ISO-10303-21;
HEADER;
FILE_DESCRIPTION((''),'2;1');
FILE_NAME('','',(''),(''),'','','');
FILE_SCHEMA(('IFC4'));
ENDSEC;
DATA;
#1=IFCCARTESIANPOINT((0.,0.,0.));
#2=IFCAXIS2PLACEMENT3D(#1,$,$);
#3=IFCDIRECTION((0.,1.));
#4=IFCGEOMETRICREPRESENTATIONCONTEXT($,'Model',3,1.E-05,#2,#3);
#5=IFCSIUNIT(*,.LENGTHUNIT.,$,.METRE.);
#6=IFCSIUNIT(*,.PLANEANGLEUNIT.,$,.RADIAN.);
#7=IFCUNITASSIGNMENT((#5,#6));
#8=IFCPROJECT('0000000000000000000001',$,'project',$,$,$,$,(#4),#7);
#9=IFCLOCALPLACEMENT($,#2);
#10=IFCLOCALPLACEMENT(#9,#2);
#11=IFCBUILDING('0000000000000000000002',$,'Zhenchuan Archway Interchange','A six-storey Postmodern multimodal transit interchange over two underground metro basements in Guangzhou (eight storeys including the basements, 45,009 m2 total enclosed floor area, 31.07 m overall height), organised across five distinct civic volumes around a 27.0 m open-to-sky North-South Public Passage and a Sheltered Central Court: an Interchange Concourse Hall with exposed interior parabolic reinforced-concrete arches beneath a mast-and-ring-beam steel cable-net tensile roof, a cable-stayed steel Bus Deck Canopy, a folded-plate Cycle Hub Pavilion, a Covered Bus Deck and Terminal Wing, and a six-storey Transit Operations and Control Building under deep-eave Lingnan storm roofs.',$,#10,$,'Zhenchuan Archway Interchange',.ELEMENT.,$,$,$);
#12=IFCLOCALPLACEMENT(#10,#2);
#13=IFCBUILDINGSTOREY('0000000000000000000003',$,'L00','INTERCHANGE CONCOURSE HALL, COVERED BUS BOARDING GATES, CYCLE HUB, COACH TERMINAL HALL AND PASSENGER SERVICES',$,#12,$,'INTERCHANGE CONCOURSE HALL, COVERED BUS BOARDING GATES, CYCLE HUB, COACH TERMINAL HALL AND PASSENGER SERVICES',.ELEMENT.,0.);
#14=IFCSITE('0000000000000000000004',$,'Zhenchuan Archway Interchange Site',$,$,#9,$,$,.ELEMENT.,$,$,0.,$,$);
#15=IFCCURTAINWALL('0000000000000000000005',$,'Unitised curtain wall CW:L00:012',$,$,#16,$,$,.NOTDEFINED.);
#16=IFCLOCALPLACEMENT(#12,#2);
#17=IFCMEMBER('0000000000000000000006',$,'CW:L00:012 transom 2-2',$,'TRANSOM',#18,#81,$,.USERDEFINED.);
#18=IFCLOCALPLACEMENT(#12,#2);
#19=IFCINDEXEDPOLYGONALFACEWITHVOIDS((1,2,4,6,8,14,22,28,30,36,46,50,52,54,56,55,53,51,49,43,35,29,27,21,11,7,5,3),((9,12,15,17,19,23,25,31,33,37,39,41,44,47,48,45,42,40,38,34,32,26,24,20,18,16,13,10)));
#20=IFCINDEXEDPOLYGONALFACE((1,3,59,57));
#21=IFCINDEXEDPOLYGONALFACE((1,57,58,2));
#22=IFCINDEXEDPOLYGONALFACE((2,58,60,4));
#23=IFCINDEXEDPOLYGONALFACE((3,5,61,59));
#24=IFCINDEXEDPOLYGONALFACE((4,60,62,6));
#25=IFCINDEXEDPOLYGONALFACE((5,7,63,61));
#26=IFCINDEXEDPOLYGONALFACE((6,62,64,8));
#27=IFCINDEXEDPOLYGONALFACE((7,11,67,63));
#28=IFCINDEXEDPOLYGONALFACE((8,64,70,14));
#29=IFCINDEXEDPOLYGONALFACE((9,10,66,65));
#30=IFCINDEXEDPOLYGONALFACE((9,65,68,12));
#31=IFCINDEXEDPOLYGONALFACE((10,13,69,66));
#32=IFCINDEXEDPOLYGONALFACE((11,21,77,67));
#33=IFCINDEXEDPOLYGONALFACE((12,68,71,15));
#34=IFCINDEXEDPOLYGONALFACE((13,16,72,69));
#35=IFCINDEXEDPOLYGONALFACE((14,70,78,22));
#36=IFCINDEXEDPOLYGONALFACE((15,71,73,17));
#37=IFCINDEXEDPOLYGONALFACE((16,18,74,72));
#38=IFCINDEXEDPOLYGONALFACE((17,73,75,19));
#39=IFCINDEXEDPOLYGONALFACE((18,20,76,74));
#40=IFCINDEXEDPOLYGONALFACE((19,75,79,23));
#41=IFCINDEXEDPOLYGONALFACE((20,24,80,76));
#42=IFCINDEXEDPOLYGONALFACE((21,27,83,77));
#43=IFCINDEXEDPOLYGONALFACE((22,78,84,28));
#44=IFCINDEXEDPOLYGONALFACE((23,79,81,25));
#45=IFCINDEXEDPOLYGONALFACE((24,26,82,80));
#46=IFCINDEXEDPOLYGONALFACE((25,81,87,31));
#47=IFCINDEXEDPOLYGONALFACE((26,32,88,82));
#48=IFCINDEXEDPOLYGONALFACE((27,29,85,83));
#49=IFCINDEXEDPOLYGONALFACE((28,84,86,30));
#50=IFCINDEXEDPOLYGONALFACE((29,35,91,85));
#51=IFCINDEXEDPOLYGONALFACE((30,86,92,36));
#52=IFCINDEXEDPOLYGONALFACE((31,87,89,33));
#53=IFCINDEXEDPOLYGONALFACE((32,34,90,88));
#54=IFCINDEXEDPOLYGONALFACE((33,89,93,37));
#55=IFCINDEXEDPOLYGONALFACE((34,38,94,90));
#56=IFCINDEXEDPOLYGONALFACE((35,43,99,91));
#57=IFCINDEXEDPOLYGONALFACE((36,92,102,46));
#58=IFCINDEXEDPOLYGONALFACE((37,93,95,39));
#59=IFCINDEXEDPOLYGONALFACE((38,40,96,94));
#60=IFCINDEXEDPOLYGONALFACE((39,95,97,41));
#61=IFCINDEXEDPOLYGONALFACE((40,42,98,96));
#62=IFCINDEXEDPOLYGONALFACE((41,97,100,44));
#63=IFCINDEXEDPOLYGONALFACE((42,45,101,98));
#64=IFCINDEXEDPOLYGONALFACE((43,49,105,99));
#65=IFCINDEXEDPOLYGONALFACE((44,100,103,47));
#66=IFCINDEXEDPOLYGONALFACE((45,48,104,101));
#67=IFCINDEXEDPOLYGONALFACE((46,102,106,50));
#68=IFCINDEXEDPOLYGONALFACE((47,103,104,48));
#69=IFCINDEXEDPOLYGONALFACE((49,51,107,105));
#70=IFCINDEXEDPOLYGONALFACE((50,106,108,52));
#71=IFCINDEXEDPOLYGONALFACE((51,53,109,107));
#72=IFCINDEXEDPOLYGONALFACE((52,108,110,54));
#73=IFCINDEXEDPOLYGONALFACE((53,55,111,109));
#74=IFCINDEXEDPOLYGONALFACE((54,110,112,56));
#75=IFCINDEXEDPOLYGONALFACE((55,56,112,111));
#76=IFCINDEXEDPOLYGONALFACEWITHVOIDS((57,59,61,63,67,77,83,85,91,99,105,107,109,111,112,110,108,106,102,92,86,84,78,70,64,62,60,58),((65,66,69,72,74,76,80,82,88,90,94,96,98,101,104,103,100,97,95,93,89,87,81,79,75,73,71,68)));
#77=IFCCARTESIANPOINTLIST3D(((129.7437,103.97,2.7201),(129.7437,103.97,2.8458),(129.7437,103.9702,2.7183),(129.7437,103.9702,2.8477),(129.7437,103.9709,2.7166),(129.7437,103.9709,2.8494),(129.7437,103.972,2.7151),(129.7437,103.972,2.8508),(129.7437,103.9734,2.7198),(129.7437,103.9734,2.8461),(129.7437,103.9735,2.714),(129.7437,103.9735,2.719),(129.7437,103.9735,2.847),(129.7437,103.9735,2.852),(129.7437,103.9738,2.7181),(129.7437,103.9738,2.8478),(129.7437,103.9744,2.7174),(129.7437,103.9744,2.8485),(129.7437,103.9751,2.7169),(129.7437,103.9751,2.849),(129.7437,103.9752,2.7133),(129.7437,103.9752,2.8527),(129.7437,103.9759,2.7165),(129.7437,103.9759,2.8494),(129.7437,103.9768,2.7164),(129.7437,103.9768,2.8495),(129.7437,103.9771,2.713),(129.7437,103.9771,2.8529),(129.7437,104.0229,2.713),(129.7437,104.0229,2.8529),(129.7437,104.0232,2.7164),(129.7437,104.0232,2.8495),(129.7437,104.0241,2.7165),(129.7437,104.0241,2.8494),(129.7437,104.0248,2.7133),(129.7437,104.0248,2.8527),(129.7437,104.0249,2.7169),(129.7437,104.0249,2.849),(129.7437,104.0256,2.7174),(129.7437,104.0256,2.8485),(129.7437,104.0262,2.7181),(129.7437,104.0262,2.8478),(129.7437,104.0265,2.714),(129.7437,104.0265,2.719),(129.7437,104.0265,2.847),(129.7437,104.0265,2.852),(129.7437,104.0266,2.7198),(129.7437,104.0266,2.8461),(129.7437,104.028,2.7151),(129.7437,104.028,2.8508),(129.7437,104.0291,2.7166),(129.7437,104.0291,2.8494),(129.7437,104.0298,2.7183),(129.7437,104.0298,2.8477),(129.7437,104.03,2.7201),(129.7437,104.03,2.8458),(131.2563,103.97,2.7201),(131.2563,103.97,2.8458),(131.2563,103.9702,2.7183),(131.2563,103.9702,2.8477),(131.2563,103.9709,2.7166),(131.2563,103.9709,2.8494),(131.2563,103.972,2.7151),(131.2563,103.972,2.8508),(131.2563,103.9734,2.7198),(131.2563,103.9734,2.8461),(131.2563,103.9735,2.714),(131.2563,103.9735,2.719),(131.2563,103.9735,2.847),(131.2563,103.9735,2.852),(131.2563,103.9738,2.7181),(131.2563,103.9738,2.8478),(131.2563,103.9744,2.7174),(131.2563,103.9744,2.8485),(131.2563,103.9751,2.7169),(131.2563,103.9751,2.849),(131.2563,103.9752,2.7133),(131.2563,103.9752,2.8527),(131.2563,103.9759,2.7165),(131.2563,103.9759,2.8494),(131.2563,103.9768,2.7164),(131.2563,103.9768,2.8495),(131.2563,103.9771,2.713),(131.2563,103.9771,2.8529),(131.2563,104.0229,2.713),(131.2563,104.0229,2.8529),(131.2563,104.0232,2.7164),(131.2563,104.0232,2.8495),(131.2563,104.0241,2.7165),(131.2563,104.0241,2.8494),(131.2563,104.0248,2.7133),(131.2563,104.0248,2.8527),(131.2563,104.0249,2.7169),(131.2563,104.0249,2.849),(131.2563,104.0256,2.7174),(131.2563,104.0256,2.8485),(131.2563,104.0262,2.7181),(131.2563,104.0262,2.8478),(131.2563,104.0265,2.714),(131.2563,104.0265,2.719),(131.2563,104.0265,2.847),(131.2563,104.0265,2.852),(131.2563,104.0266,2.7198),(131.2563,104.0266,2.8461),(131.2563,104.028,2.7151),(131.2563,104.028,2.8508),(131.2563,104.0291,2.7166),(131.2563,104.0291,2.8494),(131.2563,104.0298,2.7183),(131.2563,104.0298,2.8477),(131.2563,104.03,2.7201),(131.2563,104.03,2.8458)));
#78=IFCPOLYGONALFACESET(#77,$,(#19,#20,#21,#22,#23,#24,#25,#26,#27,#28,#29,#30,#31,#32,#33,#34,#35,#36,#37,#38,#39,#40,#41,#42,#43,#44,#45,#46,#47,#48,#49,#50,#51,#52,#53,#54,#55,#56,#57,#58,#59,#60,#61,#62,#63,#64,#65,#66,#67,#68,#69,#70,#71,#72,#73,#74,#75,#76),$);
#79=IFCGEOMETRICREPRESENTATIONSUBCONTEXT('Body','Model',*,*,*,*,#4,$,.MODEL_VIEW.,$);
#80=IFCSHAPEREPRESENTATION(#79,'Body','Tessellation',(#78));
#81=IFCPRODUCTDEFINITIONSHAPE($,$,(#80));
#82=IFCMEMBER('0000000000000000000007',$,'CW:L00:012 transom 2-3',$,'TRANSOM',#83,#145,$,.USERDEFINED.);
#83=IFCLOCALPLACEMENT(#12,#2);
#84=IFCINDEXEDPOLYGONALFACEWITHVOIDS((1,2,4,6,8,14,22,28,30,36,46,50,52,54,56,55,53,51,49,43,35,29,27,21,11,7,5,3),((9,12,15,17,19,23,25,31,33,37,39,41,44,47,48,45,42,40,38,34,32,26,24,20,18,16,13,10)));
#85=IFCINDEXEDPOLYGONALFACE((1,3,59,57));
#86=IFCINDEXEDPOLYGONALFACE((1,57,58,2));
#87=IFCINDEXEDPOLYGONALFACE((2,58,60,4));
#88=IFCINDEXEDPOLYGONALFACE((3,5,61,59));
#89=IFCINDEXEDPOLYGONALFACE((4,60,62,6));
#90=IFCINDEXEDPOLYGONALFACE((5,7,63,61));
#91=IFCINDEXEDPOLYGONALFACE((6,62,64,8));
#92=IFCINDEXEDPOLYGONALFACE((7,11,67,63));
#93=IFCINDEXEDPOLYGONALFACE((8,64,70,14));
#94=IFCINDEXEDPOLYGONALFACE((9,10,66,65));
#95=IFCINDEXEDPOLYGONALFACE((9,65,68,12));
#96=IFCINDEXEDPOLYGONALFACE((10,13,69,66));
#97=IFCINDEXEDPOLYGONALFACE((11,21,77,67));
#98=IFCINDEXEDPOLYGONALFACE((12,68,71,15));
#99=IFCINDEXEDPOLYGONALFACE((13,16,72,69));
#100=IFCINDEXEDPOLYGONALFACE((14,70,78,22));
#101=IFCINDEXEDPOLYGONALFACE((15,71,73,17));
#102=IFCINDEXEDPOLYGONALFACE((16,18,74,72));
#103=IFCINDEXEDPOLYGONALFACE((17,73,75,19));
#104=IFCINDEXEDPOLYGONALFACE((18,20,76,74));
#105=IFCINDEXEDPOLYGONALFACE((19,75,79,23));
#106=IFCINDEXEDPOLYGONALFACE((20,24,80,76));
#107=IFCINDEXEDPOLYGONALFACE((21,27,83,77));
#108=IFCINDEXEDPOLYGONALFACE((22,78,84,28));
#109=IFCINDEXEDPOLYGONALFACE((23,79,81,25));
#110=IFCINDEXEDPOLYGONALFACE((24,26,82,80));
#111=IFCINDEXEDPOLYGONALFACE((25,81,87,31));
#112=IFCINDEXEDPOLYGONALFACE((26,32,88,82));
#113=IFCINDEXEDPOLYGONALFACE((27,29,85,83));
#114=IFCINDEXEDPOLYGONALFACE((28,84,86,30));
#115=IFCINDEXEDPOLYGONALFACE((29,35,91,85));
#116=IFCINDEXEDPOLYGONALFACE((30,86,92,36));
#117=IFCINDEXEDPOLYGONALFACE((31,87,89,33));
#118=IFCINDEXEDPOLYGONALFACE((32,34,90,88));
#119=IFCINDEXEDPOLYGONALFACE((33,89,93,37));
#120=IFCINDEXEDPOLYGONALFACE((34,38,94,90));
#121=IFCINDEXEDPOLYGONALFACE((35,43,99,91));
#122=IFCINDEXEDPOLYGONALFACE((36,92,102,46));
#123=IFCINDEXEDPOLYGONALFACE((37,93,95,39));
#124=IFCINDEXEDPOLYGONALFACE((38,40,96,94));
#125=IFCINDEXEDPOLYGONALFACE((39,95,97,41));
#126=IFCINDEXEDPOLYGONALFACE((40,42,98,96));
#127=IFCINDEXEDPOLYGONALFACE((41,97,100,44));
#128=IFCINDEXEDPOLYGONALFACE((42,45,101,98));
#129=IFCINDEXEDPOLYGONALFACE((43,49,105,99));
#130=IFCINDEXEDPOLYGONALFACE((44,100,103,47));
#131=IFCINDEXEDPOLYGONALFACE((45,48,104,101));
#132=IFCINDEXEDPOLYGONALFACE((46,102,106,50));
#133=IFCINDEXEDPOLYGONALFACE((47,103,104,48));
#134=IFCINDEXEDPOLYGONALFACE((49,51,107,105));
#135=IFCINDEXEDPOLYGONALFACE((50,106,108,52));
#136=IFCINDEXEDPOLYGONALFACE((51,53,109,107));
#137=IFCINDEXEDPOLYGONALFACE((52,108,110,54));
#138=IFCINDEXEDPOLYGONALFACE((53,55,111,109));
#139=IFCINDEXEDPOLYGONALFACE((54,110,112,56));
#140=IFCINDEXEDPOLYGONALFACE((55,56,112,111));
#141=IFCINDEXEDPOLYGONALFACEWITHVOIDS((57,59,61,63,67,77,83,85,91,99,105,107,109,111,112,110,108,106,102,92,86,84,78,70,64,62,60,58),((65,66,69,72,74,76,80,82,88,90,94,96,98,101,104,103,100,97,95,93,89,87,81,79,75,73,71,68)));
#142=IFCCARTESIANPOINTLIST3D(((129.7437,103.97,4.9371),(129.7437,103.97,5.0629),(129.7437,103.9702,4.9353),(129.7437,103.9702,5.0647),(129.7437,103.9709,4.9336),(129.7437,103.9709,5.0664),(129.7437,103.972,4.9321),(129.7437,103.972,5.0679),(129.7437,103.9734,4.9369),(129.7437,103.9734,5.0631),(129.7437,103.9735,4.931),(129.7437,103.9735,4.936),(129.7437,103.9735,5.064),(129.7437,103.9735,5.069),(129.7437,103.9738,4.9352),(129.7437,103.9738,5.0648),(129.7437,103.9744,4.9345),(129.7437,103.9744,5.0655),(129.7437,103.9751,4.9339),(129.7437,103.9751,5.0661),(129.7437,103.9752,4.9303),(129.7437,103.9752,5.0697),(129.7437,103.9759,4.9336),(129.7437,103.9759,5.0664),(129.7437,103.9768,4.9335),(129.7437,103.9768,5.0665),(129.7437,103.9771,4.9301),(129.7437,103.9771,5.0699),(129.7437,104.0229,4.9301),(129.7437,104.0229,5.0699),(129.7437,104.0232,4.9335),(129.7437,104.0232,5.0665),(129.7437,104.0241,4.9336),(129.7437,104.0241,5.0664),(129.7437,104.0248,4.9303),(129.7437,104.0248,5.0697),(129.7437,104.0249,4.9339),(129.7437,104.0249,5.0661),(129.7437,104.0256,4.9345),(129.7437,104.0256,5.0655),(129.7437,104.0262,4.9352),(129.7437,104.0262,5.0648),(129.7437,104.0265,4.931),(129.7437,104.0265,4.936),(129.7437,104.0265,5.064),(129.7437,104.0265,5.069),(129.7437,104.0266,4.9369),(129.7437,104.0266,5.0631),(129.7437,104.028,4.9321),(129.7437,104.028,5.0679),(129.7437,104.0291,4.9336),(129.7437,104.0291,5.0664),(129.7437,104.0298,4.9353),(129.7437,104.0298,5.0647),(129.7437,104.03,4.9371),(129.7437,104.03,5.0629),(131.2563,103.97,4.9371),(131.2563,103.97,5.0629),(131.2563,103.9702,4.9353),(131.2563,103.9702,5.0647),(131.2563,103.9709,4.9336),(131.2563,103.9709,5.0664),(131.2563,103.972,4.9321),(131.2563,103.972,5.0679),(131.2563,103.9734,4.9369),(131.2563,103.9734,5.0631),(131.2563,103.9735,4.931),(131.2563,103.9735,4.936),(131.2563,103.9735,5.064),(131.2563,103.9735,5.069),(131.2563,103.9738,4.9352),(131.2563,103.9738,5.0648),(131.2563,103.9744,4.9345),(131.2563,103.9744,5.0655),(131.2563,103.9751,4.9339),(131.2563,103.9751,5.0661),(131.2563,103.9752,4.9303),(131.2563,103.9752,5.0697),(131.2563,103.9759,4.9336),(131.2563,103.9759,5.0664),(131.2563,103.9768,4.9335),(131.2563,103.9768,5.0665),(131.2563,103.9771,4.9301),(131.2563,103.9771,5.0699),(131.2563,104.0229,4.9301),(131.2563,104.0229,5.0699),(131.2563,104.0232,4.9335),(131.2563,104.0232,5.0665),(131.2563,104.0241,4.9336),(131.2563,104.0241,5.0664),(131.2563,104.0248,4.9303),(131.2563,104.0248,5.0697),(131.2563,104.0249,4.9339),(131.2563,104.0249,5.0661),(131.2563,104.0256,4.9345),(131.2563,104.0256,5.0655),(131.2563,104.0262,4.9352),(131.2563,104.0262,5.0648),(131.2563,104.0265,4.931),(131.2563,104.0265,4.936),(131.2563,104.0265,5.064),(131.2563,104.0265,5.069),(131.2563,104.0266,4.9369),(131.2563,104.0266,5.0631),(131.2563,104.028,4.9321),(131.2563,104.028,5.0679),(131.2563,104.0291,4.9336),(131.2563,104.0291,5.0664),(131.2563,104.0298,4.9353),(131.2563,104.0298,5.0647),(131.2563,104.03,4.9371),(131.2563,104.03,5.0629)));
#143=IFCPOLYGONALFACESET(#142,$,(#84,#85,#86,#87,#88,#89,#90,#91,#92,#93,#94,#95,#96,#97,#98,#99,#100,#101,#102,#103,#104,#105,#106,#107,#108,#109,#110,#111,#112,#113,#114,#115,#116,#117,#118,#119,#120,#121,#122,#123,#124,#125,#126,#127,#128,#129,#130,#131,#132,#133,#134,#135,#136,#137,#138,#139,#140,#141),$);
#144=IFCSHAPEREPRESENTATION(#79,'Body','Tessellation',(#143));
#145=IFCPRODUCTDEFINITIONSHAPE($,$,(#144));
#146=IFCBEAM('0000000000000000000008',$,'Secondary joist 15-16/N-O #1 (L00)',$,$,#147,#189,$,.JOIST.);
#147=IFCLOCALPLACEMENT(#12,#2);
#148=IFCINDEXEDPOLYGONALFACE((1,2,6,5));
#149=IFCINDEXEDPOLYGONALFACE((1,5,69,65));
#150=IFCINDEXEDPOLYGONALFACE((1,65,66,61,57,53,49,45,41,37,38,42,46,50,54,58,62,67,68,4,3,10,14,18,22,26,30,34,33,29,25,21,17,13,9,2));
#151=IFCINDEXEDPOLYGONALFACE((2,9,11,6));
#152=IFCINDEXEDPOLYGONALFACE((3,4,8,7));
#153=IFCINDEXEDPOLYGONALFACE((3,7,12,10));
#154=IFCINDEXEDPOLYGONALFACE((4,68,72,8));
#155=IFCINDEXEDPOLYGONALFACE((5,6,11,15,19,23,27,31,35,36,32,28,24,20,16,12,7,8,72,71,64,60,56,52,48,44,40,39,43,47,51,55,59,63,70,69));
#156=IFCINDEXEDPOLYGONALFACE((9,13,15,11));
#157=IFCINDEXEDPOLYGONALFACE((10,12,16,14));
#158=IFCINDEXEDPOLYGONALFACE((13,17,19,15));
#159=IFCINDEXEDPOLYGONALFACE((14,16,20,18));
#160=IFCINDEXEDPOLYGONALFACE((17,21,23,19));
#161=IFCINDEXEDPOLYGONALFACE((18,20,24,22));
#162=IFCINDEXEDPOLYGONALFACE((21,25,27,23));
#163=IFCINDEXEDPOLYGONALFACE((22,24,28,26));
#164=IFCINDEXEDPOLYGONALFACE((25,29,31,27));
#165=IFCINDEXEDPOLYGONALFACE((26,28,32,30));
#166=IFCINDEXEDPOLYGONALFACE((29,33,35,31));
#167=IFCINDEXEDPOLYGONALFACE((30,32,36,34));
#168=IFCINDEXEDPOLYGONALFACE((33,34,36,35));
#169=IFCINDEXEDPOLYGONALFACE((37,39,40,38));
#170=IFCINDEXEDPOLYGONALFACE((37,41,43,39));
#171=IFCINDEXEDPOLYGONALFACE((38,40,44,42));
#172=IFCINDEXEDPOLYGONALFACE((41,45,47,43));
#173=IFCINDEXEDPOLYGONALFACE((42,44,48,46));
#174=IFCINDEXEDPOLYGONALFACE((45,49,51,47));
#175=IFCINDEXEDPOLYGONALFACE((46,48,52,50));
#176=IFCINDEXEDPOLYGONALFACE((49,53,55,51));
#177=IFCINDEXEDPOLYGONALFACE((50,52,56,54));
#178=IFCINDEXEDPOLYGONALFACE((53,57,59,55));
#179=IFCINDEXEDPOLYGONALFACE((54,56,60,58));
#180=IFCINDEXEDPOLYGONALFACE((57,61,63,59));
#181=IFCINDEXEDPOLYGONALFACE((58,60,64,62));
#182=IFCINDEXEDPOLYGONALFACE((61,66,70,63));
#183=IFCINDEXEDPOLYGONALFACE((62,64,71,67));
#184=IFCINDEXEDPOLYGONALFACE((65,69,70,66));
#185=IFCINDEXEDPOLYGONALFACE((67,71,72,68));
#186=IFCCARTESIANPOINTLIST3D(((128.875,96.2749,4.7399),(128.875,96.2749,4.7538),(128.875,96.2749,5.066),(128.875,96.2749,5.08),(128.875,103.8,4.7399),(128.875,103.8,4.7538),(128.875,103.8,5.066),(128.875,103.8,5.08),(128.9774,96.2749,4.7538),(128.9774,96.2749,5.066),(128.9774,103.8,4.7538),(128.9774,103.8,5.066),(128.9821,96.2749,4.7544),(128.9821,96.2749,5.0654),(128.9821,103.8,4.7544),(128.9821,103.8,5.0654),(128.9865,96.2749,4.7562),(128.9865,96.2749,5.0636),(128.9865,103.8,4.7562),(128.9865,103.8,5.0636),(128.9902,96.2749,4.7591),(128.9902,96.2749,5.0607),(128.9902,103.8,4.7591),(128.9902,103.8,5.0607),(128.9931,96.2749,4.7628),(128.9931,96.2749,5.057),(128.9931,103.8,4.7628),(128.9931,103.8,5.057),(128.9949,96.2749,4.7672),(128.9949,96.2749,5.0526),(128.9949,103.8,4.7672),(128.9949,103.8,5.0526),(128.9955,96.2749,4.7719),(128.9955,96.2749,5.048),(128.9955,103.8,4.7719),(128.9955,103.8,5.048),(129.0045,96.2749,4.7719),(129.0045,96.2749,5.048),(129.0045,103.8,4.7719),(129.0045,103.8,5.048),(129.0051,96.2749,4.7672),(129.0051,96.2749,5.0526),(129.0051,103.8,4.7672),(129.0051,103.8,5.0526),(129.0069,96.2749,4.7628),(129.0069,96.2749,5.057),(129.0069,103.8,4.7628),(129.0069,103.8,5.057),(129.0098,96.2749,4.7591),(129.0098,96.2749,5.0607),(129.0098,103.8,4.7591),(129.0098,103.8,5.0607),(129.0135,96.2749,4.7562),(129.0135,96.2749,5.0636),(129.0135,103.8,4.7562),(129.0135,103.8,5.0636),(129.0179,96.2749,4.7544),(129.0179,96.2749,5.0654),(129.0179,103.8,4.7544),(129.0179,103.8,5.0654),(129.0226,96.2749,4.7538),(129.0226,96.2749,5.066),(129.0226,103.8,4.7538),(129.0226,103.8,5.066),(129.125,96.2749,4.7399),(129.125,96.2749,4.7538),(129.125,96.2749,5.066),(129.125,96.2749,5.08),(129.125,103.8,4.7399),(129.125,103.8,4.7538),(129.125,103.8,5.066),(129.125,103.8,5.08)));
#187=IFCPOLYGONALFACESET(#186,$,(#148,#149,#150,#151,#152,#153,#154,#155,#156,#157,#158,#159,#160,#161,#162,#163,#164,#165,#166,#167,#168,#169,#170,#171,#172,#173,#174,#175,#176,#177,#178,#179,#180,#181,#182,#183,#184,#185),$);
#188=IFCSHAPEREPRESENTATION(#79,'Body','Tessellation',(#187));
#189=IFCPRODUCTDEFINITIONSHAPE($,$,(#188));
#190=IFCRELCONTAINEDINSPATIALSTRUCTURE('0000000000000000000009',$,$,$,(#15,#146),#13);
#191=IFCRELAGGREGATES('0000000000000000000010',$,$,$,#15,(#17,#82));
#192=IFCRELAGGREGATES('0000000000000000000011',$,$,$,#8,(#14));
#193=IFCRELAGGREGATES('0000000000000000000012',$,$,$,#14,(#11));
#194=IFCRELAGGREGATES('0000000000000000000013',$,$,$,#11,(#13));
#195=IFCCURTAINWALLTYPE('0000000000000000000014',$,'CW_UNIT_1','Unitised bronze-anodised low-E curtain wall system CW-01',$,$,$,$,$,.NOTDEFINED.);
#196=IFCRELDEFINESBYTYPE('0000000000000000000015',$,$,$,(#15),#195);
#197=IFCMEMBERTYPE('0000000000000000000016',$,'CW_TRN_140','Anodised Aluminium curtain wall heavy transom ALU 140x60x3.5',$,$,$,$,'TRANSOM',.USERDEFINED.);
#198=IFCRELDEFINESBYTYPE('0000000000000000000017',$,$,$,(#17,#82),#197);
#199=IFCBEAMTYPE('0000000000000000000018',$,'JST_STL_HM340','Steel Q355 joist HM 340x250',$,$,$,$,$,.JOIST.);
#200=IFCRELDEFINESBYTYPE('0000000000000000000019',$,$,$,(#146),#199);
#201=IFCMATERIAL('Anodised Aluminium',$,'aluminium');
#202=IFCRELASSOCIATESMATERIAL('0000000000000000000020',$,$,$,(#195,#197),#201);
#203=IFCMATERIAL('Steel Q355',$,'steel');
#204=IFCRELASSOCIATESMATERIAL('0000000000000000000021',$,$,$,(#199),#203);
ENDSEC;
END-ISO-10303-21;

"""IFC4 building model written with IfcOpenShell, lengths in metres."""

from ifc_helpers import new_model, si_unit, direction, frame, origin, origin_2d, place, context, subcontext, project, spatial, hollow_rectangle, i_section, extrude, material, material_profile, profile_set, type_object, element, aggregate, save


model = new_model("IFC4")

# Units and contexts
model_context = context("Model", 3, precision=1e-05, world=origin(), true_north=direction((0.0, 1.0)))
body_context = subcontext(model_context, "Body", "Model", "MODEL_VIEW")
ifc_project = project(units=[si_unit("LENGTHUNIT", "METRE"), si_unit("PLANEANGLEUNIT", "RADIAN")], contexts=[model_context])

# Site, building, storey
site_placement = place(None, origin())
site = spatial("IfcSite", under=ifc_project, at=site_placement, Name="Zhenchuan Archway Interchange Site", CompositionType="ELEMENT", RefElevation=0.0)
building_placement = place(site_placement, origin())
building = spatial("IfcBuilding", under=site, at=building_placement, Name="Zhenchuan Archway Interchange", Description="A six-storey Postmodern multimodal transit interchange over two underground metro basements in Guangzhou (eight storeys including the basements, 45,009 m2 total enclosed floor area, 31.07 m overall height), organised across five distinct civic volumes around a 27.0 m open-to-sky North-South Public Passage and a Sheltered Central Court: an Interchange Concourse Hall with exposed interior parabolic reinforced-concrete arches beneath a mast-and-ring-beam steel cable-net tensile roof, a cable-stayed steel Bus Deck Canopy, a folded-plate Cycle Hub Pavilion, a Covered Bus Deck and Terminal Wing, and a six-storey Transit Operations and Control Building under deep-eave Lingnan storm roofs.", LongName="Zhenchuan Archway Interchange", CompositionType="ELEMENT")
storey_placement = place(building_placement, origin())
storey = spatial("IfcBuildingStorey", under=building, at=storey_placement, Name="L00", Description="INTERCHANGE CONCOURSE HALL, COVERED BUS BOARDING GATES, CYCLE HUB, COACH TERMINAL HALL AND PASSENGER SERVICES", LongName="INTERCHANGE CONCOURSE HALL, COVERED BUS BOARDING GATES, CYCLE HUB, COACH TERMINAL HALL AND PASSENGER SERVICES", CompositionType="ELEMENT", Elevation=0.0)

# Curtain wall, members
ifc_material_1 = material(Name="Anodised Aluminium", Category="aluminium")
curtain_wall_type = type_object("IfcCurtainWallType", Name="CW_UNIT_1", Description="Unitised bronze-anodised low-E curtain wall system CW-01", PredefinedType="NOTDEFINED", material=ifc_material_1)
curtain_wall_placement = place(storey_placement, origin())
curtain_wall = element("IfcCurtainWall", 1, at=curtain_wall_placement, inside=storey, type_object=curtain_wall_type, Name="Unitised curtain wall CW:L00:012", PredefinedType="NOTDEFINED")
ifc_material_profile_1 = material_profile(ifc_material_1, hollow_rectangle(XDim=0.0601, YDim=0.1399, WallThickness=0.0034, InnerFilletRadius=0.0034, OuterFilletRadius=0.0071, at=origin_2d()), Name="ALU 140x60x3.5")
ifc_profile_set_1 = profile_set([ifc_material_profile_1], Name="Anodised Aluminium")
member_type_1 = type_object("IfcMemberType", Name="CW_TRN_140", Description="Anodised Aluminium curtain wall heavy transom ALU 140x60x3.5", ElementType="TRANSOM", PredefinedType="USERDEFINED", material=ifc_profile_set_1)
member_1_placement = place(storey_placement, frame((129.7437, 104.0, 2.783), z_axis=(1.0, 0.0, 0.0), x_axis=(0.0, 1.0, 0.0)))
member_1 = element("IfcMember", 2, at=member_1_placement, type_object=member_type_1, Name="CW:L00:012 transom 2-2", ObjectType="TRANSOM", PredefinedType="USERDEFINED", context=body_context, shape_type="SweptSolid", body=[
    extrude(hollow_rectangle(XDim=0.0601, YDim=0.1399, WallThickness=0.0034, InnerFilletRadius=0.0034, OuterFilletRadius=0.0071, at=origin_2d()), origin(), (0.0, 0.0, 1.0), 1.5127),
])
member_2_placement = place(storey_placement, frame((129.7437, 104.0, 5.0), z_axis=(1.0, 0.0, 0.0), x_axis=(0.0, 1.0, 0.0)))
member_2 = element("IfcMember", 3, at=member_2_placement, type_object=member_type_1, Name="CW:L00:012 transom 2-3", ObjectType="TRANSOM", PredefinedType="USERDEFINED", context=body_context, shape_type="SweptSolid", body=[
    extrude(hollow_rectangle(XDim=0.0601, YDim=0.1399, WallThickness=0.0034, InnerFilletRadius=0.0034, OuterFilletRadius=0.0071, at=origin_2d()), origin(), (0.0, 0.0, 1.0), 1.5127),
])

# Beam
ifc_material_2 = material(Name="Steel Q355", Category="steel")
ifc_material_profile_2 = material_profile(ifc_material_2, i_section(OverallWidth=0.25, OverallDepth=0.3401, WebThickness=0.009, FlangeThickness=0.0139, FilletRadius=0.0181, at=origin_2d()), Name="HM 340x250")
ifc_profile_set_2 = profile_set([ifc_material_profile_2], Name="Steel Q355")
beam_type_1 = type_object("IfcBeamType", Name="JST_STL_HM340", Description="Steel Q355 joist HM 340x250", PredefinedType="JOIST", material=ifc_profile_set_2)
for number, where, z_axis, x_axis, name in (
    (4, (129.0, 96.2749, 4.9099), (0.0, 1.0, 0.0), (-1.0, 0.0, 0.0), "Secondary joist 15-16/N-O #1 (L00)"),
):
    element("IfcBeam", number, at=place(storey_placement, frame(where, z_axis=z_axis, x_axis=x_axis)), inside=storey, type_object=beam_type_1, Name=name, PredefinedType="JOIST", context=body_context, shape_type="SweptSolid", body=[
        extrude(i_section(OverallWidth=0.25, OverallDepth=0.3401, WebThickness=0.009, FlangeThickness=0.0139, FilletRadius=0.0181, at=origin_2d()), origin(), (0.0, 0.0, 1.0), 7.5251),
    ])

aggregate(curtain_wall, [member_1, member_2])

save(model, "model.ifc")
